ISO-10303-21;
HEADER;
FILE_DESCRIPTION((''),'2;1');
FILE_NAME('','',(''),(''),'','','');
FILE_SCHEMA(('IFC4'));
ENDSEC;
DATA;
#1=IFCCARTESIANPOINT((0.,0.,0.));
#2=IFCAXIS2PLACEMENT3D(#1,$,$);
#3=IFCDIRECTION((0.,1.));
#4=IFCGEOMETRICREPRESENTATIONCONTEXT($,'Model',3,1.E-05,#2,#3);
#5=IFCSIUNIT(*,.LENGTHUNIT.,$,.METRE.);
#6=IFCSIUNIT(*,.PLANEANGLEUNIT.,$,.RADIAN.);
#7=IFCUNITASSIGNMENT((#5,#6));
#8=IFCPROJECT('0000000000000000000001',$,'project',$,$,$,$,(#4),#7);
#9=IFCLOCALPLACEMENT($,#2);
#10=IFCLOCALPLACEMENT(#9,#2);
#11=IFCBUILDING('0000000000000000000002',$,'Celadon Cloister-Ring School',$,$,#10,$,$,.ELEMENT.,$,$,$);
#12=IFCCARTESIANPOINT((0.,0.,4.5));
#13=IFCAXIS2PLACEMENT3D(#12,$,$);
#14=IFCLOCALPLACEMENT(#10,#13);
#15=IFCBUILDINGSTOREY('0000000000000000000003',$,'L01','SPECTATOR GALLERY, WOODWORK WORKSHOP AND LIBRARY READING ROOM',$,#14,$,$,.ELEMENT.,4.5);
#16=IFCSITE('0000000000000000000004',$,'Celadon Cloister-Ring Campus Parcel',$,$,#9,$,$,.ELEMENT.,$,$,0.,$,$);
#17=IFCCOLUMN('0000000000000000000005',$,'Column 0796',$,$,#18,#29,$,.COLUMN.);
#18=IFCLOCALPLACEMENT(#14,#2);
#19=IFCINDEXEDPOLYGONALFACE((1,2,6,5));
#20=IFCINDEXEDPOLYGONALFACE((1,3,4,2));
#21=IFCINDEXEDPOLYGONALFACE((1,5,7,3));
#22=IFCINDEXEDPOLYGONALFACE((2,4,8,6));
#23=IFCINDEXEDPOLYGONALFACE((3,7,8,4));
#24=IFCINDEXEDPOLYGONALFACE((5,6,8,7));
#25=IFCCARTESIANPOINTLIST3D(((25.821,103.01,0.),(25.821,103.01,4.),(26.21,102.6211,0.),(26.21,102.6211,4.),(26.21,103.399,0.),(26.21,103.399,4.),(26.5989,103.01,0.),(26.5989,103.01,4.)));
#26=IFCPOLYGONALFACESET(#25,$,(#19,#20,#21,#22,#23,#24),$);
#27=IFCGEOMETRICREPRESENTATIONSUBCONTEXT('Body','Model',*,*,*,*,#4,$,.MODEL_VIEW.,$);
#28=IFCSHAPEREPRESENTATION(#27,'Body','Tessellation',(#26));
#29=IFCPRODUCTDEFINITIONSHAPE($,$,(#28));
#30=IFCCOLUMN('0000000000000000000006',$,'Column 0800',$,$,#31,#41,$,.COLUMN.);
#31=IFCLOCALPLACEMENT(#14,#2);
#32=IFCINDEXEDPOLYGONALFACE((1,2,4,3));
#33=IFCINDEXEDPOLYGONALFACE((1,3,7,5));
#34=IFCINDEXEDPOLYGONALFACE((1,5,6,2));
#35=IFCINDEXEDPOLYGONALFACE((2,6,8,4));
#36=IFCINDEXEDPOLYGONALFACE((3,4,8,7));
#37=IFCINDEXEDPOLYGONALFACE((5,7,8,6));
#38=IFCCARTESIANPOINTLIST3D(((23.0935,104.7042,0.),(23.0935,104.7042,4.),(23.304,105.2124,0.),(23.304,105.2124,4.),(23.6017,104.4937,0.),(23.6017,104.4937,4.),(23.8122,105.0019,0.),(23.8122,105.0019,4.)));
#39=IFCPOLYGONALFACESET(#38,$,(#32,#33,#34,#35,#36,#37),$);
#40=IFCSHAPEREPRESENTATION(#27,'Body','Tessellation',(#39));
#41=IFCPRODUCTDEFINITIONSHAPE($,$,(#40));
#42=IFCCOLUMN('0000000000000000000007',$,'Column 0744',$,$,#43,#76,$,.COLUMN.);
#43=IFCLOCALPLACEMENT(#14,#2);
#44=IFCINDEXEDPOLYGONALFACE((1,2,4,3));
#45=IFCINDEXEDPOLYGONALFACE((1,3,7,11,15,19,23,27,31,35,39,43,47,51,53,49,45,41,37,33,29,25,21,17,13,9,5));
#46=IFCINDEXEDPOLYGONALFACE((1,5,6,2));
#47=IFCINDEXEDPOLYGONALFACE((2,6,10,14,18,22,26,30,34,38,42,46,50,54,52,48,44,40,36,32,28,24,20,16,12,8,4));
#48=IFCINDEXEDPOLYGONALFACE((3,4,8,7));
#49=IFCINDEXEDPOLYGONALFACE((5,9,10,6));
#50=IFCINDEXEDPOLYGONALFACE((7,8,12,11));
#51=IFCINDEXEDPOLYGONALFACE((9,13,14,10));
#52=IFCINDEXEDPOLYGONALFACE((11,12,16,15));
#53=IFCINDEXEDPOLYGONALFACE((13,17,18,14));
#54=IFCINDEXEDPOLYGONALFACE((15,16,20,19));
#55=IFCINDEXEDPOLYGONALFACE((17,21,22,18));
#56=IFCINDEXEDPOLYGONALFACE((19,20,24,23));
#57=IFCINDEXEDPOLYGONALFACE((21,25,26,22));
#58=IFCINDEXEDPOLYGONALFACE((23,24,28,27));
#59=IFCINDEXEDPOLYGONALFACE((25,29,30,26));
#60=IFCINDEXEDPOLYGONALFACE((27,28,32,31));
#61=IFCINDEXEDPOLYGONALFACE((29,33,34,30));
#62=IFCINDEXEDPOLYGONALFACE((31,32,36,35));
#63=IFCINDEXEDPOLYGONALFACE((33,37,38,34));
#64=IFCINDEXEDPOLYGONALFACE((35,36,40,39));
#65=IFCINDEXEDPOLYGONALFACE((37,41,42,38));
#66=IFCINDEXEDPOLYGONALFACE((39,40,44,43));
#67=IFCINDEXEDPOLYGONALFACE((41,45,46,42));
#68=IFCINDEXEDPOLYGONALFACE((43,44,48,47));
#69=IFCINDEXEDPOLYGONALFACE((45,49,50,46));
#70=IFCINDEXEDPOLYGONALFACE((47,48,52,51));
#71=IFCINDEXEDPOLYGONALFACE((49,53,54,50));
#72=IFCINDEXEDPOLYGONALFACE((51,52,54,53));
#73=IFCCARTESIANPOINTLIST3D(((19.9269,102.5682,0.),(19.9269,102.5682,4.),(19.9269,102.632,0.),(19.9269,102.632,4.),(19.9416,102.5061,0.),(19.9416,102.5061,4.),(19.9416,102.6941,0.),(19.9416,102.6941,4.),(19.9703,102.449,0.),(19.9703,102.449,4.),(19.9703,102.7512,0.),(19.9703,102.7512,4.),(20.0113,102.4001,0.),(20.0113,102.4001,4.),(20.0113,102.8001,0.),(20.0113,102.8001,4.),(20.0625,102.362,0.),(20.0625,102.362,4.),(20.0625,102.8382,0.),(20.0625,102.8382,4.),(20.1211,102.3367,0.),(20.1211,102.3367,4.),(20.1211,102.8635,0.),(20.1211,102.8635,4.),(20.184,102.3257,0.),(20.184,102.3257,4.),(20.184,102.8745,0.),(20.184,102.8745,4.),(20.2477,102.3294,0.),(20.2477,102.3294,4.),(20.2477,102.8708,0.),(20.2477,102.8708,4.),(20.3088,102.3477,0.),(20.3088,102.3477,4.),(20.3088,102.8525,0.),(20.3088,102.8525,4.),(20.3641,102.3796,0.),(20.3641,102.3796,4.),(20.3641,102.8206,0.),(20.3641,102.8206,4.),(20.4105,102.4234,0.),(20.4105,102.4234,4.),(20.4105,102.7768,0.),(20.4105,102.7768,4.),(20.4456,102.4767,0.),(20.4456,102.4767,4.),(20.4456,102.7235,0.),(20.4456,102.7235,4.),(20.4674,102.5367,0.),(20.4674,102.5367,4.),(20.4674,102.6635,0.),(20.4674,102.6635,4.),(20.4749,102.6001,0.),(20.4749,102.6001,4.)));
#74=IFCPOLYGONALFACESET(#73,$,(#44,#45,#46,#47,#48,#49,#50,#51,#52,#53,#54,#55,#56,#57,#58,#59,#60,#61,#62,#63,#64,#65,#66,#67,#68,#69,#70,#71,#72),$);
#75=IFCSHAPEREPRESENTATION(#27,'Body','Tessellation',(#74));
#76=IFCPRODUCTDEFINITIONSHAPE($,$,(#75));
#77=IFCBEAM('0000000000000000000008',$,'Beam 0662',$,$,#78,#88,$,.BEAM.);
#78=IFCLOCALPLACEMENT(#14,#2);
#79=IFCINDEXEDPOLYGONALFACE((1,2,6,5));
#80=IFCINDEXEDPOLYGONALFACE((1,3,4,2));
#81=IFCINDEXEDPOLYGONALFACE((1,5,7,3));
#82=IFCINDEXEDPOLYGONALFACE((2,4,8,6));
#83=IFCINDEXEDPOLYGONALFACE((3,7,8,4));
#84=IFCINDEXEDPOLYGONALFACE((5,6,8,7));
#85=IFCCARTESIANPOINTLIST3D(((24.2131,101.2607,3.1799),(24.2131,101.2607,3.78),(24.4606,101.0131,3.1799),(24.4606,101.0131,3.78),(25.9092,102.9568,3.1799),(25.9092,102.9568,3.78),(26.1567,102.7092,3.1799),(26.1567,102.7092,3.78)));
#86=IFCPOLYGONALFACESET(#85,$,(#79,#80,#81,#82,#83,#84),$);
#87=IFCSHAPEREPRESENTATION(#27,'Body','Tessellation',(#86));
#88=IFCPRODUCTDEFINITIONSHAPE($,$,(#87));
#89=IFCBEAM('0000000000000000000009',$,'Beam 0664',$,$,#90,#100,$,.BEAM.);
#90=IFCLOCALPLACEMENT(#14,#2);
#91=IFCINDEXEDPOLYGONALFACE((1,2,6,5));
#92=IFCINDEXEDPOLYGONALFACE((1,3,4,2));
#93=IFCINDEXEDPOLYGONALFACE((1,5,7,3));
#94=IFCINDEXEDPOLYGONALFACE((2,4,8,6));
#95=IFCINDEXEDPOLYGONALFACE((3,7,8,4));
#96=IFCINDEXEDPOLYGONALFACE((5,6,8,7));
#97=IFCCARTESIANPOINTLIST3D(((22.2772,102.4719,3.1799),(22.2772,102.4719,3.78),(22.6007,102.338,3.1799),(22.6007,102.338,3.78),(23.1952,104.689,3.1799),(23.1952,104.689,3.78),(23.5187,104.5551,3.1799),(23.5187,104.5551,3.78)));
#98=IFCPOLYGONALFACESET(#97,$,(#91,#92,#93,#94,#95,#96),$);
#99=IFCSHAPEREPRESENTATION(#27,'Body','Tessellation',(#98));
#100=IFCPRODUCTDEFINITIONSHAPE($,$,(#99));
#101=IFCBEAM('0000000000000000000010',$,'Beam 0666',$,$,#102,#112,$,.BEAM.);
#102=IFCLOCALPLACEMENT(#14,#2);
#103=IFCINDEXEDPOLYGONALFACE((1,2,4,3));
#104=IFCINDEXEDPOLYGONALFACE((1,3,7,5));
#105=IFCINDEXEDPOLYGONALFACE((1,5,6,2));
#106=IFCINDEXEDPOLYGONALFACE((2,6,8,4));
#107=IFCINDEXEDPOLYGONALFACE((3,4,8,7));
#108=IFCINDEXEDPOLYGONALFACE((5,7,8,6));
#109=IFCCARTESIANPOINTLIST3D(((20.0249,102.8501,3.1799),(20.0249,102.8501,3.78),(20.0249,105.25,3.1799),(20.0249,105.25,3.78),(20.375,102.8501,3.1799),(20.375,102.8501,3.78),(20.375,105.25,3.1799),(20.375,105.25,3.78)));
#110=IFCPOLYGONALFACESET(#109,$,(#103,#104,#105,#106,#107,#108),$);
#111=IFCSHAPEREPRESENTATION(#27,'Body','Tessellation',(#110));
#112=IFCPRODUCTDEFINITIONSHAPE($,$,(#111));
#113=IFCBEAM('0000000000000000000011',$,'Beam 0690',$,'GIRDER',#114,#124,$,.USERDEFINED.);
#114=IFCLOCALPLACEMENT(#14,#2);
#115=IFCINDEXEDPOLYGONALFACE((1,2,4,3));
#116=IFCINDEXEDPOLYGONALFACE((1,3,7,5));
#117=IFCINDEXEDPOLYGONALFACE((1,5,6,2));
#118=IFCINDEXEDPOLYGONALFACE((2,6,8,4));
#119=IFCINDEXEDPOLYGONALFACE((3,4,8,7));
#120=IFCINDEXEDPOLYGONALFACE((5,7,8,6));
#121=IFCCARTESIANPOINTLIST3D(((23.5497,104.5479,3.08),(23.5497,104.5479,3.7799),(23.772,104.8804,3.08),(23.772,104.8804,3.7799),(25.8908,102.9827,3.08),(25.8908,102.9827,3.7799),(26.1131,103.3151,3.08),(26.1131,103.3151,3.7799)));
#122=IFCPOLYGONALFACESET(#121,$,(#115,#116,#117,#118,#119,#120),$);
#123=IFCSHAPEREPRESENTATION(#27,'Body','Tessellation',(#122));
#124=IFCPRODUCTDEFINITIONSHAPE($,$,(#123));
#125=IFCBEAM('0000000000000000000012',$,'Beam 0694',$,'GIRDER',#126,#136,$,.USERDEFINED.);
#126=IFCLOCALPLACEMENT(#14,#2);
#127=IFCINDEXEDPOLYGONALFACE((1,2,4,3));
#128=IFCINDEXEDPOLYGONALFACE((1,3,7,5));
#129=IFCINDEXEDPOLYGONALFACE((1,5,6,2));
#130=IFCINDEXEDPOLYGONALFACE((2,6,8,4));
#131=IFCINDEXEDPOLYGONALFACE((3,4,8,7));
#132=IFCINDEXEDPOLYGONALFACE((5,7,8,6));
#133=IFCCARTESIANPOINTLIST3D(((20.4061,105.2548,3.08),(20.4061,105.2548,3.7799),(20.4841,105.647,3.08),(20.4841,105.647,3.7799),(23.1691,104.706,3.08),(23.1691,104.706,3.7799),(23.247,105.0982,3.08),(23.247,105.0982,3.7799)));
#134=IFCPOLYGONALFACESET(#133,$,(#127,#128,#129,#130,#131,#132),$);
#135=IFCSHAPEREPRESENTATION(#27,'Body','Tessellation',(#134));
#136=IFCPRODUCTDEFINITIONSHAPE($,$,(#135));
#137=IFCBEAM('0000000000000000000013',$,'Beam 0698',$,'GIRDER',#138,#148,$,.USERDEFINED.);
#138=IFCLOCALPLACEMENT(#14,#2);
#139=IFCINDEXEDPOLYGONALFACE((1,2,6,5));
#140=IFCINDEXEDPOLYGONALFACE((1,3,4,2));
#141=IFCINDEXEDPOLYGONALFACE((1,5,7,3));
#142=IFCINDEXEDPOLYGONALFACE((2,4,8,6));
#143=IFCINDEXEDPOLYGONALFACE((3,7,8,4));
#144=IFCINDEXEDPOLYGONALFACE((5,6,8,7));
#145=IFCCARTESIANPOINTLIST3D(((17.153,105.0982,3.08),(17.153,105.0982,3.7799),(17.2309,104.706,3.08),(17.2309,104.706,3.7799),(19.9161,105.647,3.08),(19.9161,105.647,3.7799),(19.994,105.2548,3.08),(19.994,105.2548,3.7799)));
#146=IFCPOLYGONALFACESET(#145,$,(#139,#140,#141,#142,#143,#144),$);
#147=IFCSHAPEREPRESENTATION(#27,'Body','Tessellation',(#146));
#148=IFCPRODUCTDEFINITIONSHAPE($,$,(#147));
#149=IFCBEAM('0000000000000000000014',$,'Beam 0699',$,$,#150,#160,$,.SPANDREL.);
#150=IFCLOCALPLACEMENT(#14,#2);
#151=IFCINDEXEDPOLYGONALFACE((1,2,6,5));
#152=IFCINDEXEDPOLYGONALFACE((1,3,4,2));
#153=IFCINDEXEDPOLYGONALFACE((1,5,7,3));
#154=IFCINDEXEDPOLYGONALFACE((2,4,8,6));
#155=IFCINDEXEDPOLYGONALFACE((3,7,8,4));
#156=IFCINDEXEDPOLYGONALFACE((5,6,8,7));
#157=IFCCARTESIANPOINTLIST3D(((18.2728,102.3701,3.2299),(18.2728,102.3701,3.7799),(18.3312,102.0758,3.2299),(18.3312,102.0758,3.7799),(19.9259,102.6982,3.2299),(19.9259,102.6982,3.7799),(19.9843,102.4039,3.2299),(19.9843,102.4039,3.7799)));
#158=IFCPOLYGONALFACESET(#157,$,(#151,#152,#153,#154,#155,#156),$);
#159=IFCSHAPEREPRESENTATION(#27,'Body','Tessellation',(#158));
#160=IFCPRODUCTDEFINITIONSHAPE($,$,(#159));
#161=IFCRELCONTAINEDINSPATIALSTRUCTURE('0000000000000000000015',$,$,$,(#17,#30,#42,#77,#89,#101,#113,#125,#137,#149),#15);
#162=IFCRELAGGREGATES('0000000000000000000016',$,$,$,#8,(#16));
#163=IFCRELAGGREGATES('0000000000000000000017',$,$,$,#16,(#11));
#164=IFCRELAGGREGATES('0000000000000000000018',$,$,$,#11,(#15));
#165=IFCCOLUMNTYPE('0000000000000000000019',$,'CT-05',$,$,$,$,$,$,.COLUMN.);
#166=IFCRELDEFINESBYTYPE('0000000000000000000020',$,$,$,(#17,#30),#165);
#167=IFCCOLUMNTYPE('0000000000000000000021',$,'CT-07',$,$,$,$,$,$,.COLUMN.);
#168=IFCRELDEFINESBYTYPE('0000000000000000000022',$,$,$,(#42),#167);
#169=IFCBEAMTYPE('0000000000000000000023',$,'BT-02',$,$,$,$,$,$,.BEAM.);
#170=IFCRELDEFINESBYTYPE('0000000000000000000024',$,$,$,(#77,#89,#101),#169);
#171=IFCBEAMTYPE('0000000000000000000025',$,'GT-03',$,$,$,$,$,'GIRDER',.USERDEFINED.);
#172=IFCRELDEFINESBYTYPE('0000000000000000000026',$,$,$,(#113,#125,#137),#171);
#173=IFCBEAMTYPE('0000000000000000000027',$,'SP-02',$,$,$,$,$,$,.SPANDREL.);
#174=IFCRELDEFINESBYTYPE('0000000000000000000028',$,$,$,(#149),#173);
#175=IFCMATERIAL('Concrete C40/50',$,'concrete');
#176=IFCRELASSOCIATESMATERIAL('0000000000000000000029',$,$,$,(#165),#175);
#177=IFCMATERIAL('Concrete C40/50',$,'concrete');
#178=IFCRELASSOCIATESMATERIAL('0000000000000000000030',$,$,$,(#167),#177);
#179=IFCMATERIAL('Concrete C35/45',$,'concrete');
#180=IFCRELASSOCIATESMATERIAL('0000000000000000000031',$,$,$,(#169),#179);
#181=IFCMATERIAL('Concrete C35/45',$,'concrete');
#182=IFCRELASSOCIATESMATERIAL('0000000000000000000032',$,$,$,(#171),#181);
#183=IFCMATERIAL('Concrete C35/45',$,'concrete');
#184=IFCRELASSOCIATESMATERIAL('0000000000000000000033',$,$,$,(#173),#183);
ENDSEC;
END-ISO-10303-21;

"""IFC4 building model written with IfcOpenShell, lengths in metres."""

from ifc_helpers import new_model, si_unit, direction, frame, origin, origin_2d, place, context, subcontext, project, spatial, rectangle, circle, extrude, material, material_profile, profile_set, type_object, element, save


model = new_model("IFC4")

# Units and contexts
model_context = context("Model", 3, precision=1e-05, world=origin(), true_north=direction((0.0, 1.0)))
body_context = subcontext(model_context, "Body", "Model", "MODEL_VIEW")
ifc_project = project(units=[si_unit("LENGTHUNIT", "METRE"), si_unit("PLANEANGLEUNIT", "RADIAN")], contexts=[model_context])

# Site, building, storey
site_placement = place(None, origin())
site = spatial("IfcSite", under=ifc_project, at=site_placement, Name="Celadon Cloister-Ring Campus Parcel", CompositionType="ELEMENT", RefElevation=0.0)
building_placement = place(site_placement, origin())
building = spatial("IfcBuilding", under=site, at=building_placement, Name="Celadon Cloister-Ring School", CompositionType="ELEMENT")
storey_placement = place(building_placement, frame((0.0, 0.0, 4.5)))
storey = spatial("IfcBuildingStorey", under=building, at=storey_placement, Name="L01", Description="SPECTATOR GALLERY, WOODWORK WORKSHOP AND LIBRARY READING ROOM", CompositionType="ELEMENT", Elevation=4.5)

# Columns
ifc_material_1 = material(Name="Concrete C40/50", Category="concrete")
ifc_material_profile_1 = material_profile(ifc_material_1, rectangle(XDim=0.55, YDim=0.55, at=origin_2d()), Name="RC550X550")
ifc_profile_set_1 = profile_set([ifc_material_profile_1], Name="Concrete C40/50")
column_type_1 = type_object("IfcColumnType", Name="CT-05", PredefinedType="COLUMN", material=ifc_profile_set_1)
for number, where, z_axis, x_axis, name in (
    (1, (26.21, 103.01, 0.0), (0.0, 0.0, 1.0), (0.707107, 0.707107, 0.0), "Column 0796"),
    (2, (23.4529, 104.853, 0.0), (0.0, 0.0, 1.0), (0.382683, 0.92388, 0.0), "Column 0800"),
):
    element("IfcColumn", number, at=place(storey_placement, frame(where, z_axis=z_axis, x_axis=x_axis)), inside=storey, type_object=column_type_1, Name=name, PredefinedType="COLUMN", context=body_context, shape_type="SweptSolid", body=[
        extrude(rectangle(XDim=0.55, YDim=0.55, at=origin_2d()), origin(), (0.0, 0.0, 1.0), 4.0),
    ])
ifc_material_2 = material(Name="Concrete C40/50", Category="concrete")
ifc_material_profile_2 = material_profile(ifc_material_2, circle(Radius=0.2749, at=origin_2d()), Name="CIRC550")
ifc_profile_set_2 = profile_set([ifc_material_profile_2], Name="Concrete C40/50")
column_type_2 = type_object("IfcColumnType", Name="CT-07", PredefinedType="COLUMN", material=ifc_profile_set_2)
column_placement = place(storey_placement, frame((20.2, 102.6001, 0.0), z_axis=(0.0, 0.0, 1.0), x_axis=(1.0, 0.0, 0.0)))
element("IfcColumn", 3, at=column_placement, inside=storey, type_object=column_type_2, Name="Column 0744", PredefinedType="COLUMN", context=body_context, shape_type="SweptSolid", body=[
    extrude(circle(Radius=0.2749, at=origin_2d()), origin(), (0.0, 0.0, 1.0), 4.0),
])

# Beams
ifc_material_3 = material(Name="Concrete C35/45", Category="concrete")
ifc_material_profile_3 = material_profile(ifc_material_3, rectangle(XDim=0.3501, YDim=0.6001, at=origin_2d()), Name="RC350X600")
ifc_profile_set_3 = profile_set([ifc_material_profile_3], Name="Concrete C35/45")
beam_type_1 = type_object("IfcBeamType", Name="BT-02", PredefinedType="BEAM", material=ifc_profile_set_3)
beam_1_placement = place(storey_placement, frame((26.033, 102.833, 3.48), z_axis=(-0.707107, -0.707107, 0.0), x_axis=(0.707107, -0.707107, 0.0)))
element("IfcBeam", 4, at=beam_1_placement, inside=storey, type_object=beam_type_1, Name="Beam 0662", PredefinedType="BEAM", context=body_context, shape_type="SweptSolid", body=[
    extrude(rectangle(XDim=0.3501, YDim=0.6001, at=origin_2d()), origin(), (0.0, 0.0, 1.0), 2.3987),
])
beam_2_placement = place(storey_placement, frame((23.3569, 104.6221, 3.48), z_axis=(-0.382555, -0.923933, 0.0), x_axis=(0.923933, -0.382555, 0.0)))
element("IfcBeam", 5, at=beam_2_placement, inside=storey, type_object=beam_type_1, Name="Beam 0664", PredefinedType="BEAM", context=body_context, shape_type="SweptSolid", body=[
    extrude(rectangle(XDim=0.3501, YDim=0.6001, at=origin_2d()), origin(), (0.0, 0.0, 1.0), 2.3997),
])
beam_3_placement = place(storey_placement, frame((20.2, 105.25, 3.48), z_axis=(0.0, -1.0, 0.0), x_axis=(1.0, 0.0, 0.0)))
element("IfcBeam", 6, at=beam_3_placement, inside=storey, type_object=beam_type_1, Name="Beam 0666", PredefinedType="BEAM", context=body_context, shape_type="SweptSolid", body=[
    extrude(rectangle(XDim=0.3501, YDim=0.6001, at=origin_2d()), origin(), (0.0, 0.0, 1.0), 2.3999),
])
ifc_material_4 = material(Name="Concrete C35/45", Category="concrete")
ifc_material_profile_4 = material_profile(ifc_material_4, rectangle(XDim=0.3999, YDim=0.7, at=origin_2d()), Name="RC400X700")
ifc_profile_set_4 = profile_set([ifc_material_profile_4], Name="Concrete C35/45")
beam_type_2 = type_object("IfcBeamType", Name="GT-03", ElementType="GIRDER", PredefinedType="USERDEFINED", material=ifc_profile_set_4)
beam_4_placement = place(storey_placement, frame((26.002, 103.1489, 3.4299), z_axis=(-0.831316, 0.5558, 0.0), x_axis=(-0.5558, -0.831316, 0.0)))
element("IfcBeam", 7, at=beam_4_placement, inside=storey, type_object=beam_type_2, Name="Beam 0690", ObjectType="GIRDER", PredefinedType="USERDEFINED", context=body_context, shape_type="SweptSolid", body=[
    extrude(rectangle(XDim=0.3999, YDim=0.7, at=origin_2d()), origin(), (0.0, 0.0, 1.0), 2.8162),
])
beam_5_placement = place(storey_placement, frame((23.208, 104.9021, 3.4299), z_axis=(-0.980837, 0.194833, 0.0), x_axis=(-0.194833, -0.980837, 0.0)))
element("IfcBeam", 8, at=beam_5_placement, inside=storey, type_object=beam_type_2, Name="Beam 0694", ObjectType="GIRDER", PredefinedType="USERDEFINED", context=body_context, shape_type="SweptSolid", body=[
    extrude(rectangle(XDim=0.3999, YDim=0.7, at=origin_2d()), origin(), (0.0, 0.0, 1.0), 2.8169),
])
beam_6_placement = place(storey_placement, frame((19.9551, 105.4509, 3.4299), z_axis=(-0.98084, -0.194816, 0.0), x_axis=(0.194816, -0.98084, 0.0)))
element("IfcBeam", 9, at=beam_6_placement, inside=storey, type_object=beam_type_2, Name="Beam 0698", ObjectType="GIRDER", PredefinedType="USERDEFINED", context=body_context, shape_type="SweptSolid", body=[
    extrude(rectangle(XDim=0.3999, YDim=0.7, at=origin_2d()), origin(), (0.0, 0.0, 1.0), 2.8171),
])
ifc_material_5 = material(Name="Concrete C35/45", Category="concrete")
ifc_material_profile_5 = material_profile(ifc_material_5, rectangle(XDim=0.3, YDim=0.55, at=origin_2d()), Name="RC300X550")
ifc_profile_set_5 = profile_set([ifc_material_profile_5], Name="Concrete C35/45")
beam_type_3 = type_object("IfcBeamType", Name="SP-02", PredefinedType="SPANDREL", material=ifc_profile_set_5)
beam_7_placement = place(storey_placement, frame((19.9551, 102.551, 3.5049), z_axis=(-0.980864, -0.194695, 0.0), x_axis=(0.194695, -0.980864, 0.0)))
element("IfcBeam", 10, at=beam_7_placement, inside=storey, type_object=beam_type_3, Name="Beam 0699", PredefinedType="SPANDREL", context=body_context, shape_type="SweptSolid", body=[
    extrude(rectangle(XDim=0.3, YDim=0.55, at=origin_2d()), origin(), (0.0, 0.0, 1.0), 1.6853),
])

save(model, "model.ifc")
